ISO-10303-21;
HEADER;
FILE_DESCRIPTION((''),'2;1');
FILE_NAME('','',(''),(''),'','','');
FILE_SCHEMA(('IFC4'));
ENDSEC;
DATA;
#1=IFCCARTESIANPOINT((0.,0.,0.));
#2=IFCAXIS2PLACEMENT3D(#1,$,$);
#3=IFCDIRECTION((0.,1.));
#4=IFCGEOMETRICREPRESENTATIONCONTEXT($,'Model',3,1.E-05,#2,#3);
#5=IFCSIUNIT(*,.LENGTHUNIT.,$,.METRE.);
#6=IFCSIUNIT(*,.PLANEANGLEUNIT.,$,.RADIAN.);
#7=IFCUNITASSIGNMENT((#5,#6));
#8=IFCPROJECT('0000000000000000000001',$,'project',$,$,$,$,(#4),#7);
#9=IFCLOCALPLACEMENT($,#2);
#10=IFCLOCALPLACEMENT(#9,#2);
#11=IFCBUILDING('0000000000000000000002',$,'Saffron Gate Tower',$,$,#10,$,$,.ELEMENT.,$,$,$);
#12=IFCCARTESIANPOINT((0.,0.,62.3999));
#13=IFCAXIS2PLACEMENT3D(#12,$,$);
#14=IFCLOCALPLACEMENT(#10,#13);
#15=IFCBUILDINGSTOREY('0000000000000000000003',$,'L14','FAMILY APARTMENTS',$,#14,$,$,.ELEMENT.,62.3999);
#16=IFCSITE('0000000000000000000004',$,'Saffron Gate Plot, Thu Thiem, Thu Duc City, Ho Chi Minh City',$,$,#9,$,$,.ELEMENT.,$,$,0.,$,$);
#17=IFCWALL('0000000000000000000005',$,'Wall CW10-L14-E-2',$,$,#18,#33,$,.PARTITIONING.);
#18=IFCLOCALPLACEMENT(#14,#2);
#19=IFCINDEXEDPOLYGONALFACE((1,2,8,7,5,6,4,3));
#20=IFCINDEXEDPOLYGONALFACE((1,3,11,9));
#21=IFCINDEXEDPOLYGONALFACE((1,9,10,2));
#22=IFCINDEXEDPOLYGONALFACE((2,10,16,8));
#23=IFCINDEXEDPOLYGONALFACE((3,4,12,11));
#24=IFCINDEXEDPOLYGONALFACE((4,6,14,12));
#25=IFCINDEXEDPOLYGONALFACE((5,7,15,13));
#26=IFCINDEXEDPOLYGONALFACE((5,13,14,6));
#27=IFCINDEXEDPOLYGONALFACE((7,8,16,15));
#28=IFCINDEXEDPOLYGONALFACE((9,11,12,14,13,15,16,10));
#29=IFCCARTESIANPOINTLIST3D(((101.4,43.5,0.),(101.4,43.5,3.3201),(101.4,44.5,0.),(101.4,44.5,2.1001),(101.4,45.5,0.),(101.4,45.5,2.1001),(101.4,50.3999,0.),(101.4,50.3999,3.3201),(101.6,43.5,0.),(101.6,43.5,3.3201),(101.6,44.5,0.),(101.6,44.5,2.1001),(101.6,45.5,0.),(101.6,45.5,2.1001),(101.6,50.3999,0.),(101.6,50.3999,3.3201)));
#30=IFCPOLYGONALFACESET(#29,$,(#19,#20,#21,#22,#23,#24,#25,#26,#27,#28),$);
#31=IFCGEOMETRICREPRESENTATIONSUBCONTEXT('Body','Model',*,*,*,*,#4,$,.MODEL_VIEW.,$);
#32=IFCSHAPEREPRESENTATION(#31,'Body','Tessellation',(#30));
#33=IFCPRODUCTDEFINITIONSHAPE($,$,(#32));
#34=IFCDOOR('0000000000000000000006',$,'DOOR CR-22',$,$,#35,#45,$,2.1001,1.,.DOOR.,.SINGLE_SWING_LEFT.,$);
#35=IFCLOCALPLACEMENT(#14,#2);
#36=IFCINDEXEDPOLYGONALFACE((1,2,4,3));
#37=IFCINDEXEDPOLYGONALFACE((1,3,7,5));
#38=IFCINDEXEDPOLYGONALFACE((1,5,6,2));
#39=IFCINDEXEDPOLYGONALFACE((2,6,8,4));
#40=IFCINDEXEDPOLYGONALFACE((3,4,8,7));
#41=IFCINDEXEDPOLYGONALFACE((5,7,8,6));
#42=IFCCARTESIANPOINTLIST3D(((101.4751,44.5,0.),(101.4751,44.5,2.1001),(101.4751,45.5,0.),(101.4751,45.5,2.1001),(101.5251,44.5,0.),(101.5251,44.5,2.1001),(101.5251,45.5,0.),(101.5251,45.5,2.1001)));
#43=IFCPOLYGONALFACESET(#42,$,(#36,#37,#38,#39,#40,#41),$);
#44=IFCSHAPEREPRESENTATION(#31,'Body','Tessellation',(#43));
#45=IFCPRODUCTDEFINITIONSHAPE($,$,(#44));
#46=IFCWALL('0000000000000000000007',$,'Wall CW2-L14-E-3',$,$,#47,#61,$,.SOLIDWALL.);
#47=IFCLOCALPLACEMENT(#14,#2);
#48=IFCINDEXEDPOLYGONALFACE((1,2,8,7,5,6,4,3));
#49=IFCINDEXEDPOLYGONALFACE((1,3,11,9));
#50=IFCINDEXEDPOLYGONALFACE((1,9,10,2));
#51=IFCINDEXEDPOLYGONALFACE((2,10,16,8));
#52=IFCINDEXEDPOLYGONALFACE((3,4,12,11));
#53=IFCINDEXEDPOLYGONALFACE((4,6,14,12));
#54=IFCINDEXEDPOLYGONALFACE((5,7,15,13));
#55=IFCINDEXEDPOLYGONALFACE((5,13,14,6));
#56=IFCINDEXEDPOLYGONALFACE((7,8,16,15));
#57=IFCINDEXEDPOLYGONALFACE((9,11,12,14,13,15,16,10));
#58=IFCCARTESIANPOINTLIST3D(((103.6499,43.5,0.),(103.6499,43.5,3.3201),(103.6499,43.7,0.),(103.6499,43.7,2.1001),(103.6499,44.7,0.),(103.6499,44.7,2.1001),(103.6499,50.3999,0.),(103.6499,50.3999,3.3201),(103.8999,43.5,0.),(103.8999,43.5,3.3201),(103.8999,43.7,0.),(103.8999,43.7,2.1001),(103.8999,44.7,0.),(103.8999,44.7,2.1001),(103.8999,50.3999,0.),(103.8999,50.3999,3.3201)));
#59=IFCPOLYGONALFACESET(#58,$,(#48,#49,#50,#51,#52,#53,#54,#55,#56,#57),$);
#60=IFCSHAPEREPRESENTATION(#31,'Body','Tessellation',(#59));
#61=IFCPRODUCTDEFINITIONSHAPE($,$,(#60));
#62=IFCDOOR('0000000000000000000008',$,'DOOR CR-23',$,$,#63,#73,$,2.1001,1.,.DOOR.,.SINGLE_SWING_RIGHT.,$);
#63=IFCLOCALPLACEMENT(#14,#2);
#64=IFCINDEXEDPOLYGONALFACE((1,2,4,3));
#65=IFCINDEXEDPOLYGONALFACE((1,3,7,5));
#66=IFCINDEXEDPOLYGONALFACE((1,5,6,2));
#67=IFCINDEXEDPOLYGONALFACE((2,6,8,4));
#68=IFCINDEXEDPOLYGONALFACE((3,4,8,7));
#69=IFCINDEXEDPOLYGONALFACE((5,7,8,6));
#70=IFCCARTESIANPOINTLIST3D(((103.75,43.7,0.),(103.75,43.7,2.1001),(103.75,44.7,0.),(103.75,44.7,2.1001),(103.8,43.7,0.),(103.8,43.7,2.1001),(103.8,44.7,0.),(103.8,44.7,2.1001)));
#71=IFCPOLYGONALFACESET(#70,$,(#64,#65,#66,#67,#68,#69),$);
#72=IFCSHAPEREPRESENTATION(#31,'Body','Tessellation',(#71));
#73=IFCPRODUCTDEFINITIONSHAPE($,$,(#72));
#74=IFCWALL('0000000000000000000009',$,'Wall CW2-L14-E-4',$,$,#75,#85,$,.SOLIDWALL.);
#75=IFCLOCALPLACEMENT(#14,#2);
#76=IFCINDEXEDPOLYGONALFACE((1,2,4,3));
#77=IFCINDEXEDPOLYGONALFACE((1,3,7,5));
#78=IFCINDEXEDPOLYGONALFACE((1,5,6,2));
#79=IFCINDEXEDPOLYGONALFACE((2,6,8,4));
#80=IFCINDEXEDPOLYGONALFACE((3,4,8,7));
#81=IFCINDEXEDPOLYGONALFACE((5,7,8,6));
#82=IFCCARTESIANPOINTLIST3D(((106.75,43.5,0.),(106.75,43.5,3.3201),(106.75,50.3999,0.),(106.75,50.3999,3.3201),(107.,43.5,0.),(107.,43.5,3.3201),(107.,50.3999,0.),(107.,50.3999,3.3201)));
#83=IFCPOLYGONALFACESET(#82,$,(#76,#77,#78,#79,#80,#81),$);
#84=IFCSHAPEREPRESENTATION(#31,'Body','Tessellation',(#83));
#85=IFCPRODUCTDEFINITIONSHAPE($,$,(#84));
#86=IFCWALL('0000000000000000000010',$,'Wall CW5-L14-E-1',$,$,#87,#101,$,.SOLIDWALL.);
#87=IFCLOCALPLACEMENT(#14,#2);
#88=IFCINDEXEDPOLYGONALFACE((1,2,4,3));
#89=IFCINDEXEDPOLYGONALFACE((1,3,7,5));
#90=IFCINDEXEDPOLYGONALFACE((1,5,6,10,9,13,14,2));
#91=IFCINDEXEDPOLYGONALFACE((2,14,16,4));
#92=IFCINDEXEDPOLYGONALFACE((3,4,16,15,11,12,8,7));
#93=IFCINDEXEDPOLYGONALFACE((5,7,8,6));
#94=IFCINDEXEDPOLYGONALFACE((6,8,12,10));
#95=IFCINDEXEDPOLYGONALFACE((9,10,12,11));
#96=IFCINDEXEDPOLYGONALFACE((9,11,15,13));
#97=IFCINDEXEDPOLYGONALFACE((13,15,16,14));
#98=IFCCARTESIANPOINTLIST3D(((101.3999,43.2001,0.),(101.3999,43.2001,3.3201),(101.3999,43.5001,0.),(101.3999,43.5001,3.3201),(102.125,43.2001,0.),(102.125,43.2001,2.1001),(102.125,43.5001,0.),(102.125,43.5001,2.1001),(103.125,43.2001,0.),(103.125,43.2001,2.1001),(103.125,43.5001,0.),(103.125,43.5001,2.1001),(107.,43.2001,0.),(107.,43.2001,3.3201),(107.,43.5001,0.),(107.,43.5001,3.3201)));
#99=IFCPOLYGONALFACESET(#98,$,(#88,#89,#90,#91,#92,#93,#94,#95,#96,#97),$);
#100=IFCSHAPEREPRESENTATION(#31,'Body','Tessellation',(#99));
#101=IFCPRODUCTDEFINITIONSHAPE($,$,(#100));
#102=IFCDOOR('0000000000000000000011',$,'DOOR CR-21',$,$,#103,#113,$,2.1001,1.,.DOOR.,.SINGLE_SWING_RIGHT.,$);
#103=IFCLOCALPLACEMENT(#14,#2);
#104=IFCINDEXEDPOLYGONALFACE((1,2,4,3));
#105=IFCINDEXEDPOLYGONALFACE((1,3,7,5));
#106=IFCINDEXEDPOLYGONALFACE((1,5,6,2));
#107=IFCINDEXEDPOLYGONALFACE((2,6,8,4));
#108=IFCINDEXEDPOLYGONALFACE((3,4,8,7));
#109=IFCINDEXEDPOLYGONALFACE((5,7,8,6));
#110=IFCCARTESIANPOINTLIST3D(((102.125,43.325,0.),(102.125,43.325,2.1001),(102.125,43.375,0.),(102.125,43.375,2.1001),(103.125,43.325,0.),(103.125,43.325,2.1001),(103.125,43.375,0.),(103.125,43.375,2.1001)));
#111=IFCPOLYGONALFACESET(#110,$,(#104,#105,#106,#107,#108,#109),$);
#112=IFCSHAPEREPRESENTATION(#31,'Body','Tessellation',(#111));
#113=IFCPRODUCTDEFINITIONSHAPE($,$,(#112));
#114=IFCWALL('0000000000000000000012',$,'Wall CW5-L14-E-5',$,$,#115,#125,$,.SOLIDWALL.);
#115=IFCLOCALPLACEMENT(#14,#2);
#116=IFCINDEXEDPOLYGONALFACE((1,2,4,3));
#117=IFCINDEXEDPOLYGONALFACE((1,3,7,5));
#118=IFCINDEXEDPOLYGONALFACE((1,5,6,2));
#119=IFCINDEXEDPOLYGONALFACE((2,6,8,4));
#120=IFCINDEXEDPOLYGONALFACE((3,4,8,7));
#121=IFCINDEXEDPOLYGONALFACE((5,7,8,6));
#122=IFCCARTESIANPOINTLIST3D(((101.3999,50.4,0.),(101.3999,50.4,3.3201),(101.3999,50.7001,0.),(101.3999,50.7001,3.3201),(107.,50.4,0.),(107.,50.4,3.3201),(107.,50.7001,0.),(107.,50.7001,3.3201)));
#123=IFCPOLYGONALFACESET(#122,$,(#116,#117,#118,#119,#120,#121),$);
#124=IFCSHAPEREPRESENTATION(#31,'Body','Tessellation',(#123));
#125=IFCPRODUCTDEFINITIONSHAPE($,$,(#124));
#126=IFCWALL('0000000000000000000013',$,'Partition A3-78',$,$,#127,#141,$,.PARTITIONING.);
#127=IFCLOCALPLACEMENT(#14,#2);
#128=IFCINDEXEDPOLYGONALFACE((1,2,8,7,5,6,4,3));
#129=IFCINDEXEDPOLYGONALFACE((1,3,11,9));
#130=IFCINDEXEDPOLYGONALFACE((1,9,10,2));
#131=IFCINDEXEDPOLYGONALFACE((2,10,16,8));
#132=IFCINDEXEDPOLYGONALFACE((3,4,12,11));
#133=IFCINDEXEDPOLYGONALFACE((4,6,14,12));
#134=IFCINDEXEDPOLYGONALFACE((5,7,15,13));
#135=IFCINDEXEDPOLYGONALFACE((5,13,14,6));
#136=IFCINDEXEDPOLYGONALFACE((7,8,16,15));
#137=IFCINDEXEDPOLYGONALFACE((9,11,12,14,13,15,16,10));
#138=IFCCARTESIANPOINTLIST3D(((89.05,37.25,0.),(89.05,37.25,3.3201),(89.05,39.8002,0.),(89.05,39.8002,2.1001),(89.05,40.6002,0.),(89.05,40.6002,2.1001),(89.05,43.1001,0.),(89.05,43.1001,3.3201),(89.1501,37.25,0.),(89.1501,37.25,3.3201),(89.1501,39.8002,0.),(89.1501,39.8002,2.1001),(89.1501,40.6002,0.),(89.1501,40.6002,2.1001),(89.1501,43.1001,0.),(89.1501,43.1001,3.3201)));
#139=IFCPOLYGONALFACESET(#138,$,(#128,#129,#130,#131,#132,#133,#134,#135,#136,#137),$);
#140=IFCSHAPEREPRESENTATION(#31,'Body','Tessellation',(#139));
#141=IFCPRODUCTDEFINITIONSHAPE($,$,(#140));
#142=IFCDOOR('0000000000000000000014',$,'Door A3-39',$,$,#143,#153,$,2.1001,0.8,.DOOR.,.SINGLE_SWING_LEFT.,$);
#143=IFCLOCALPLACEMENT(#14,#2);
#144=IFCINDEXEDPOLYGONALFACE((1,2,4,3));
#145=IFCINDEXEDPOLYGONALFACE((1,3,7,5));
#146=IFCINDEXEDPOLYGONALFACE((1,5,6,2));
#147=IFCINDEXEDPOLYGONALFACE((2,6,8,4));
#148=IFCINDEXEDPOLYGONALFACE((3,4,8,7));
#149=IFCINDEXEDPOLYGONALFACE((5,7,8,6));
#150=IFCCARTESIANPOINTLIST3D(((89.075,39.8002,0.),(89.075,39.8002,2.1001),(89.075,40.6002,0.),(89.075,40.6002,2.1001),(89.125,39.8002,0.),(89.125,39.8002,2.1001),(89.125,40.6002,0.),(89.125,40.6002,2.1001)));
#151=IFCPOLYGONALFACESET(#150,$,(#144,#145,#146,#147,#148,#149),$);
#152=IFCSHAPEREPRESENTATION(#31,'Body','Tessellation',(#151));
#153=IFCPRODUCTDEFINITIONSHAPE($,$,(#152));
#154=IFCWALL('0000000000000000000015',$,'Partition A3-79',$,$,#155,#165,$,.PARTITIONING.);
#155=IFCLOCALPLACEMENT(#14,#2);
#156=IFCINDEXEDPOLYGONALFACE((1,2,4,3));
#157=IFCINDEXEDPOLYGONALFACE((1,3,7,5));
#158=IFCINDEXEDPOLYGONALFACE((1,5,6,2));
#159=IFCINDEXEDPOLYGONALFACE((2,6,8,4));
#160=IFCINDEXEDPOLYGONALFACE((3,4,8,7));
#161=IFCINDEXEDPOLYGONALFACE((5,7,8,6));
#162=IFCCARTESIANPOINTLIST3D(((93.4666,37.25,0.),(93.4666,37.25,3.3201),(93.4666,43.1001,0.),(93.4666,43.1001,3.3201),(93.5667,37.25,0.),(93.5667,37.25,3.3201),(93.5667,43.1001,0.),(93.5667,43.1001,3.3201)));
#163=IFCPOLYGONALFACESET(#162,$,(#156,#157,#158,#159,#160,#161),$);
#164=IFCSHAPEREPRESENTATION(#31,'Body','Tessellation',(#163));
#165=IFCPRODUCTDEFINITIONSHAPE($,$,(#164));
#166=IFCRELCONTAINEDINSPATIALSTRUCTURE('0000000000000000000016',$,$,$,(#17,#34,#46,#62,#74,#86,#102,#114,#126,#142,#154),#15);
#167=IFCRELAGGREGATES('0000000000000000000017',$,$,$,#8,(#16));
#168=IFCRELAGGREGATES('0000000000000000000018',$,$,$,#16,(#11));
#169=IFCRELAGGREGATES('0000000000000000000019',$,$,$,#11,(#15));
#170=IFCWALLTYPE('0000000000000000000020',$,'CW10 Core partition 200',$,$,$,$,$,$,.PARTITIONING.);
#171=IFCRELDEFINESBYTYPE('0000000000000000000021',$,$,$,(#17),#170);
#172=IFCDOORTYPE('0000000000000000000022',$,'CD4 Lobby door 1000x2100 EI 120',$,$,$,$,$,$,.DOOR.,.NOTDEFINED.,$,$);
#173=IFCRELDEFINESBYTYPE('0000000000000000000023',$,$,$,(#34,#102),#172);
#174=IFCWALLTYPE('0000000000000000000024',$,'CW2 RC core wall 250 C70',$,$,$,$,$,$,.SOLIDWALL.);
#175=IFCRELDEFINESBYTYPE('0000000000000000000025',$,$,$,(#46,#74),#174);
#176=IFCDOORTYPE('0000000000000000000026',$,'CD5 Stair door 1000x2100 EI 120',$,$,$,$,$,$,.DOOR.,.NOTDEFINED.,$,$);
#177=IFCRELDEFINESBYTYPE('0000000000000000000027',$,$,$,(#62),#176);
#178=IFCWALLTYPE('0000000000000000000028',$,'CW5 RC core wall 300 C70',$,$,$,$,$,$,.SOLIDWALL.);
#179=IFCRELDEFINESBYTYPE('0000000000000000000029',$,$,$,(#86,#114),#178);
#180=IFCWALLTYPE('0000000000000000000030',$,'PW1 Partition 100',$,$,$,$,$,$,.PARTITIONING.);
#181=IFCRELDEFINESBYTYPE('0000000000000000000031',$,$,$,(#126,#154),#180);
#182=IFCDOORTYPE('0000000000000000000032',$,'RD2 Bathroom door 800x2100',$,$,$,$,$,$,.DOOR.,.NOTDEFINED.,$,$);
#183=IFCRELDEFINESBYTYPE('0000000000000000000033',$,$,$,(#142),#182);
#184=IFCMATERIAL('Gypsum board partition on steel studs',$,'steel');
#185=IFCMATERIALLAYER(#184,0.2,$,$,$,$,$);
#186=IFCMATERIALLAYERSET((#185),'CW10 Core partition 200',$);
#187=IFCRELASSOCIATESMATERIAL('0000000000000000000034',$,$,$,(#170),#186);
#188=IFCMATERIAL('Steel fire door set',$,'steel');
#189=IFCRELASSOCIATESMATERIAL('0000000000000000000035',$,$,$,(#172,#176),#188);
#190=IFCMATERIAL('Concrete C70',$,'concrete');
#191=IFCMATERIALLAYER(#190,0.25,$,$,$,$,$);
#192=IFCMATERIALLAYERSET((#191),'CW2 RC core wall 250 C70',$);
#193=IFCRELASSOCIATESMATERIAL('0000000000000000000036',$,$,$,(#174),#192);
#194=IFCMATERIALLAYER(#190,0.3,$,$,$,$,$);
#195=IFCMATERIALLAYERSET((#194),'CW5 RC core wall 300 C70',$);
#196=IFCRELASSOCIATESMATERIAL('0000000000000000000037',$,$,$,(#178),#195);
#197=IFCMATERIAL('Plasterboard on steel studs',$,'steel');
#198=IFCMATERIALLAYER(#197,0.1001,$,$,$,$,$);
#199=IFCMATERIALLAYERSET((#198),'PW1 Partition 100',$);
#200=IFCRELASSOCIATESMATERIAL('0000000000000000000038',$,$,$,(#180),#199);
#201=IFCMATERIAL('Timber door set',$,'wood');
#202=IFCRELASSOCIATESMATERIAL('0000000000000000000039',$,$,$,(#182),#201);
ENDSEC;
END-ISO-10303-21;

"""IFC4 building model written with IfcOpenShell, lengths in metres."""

from ifc_helpers import new_model, si_unit, direction, frame, frame_2d, origin, place, context, subcontext, project, spatial, rectangle, extrude, material, layer, layer_set, type_object, element, fill, save


model = new_model("IFC4")

# Units and contexts
model_context = context("Model", 3, precision=1e-05, world=origin(), true_north=direction((0.0, 1.0)))
body_context = subcontext(model_context, "Body", "Model", "MODEL_VIEW")
ifc_project = project(units=[si_unit("LENGTHUNIT", "METRE"), si_unit("PLANEANGLEUNIT", "RADIAN")], contexts=[model_context])

# Site, building, storey
site_placement = place(None, origin())
site = spatial("IfcSite", under=ifc_project, at=site_placement, Name="Saffron Gate Plot, Thu Thiem, Thu Duc City, Ho Chi Minh City", CompositionType="ELEMENT", RefElevation=0.0)
building_placement = place(site_placement, origin())
building = spatial("IfcBuilding", under=site, at=building_placement, Name="Saffron Gate Tower", CompositionType="ELEMENT")
storey_placement = place(building_placement, frame((0.0, 0.0, 62.3999)))
storey = spatial("IfcBuildingStorey", under=building, at=storey_placement, Name="L14", Description="FAMILY APARTMENTS", CompositionType="ELEMENT", Elevation=62.3999)

# Walls, openings, doors
ifc_material_1 = material(Name="Gypsum board partition on steel studs", Category="steel")
ifc_layer_1 = layer(ifc_material_1, 0.2)
ifc_layer_set_1 = layer_set([ifc_layer_1], Name="CW10 Core partition 200")
wall_type_1 = type_object("IfcWallType", Name="CW10 Core partition 200", PredefinedType="PARTITIONING", material=ifc_layer_set_1)
wall_1_placement = place(storey_placement, frame((101.5, 43.5, 0.0), z_axis=(0.0, 0.0, 1.0), x_axis=(0.0, 1.0, 0.0)))
wall_1 = element("IfcWall", 1, at=wall_1_placement, inside=storey, type_object=wall_type_1, Name="Wall CW10-L14-E-2", PredefinedType="PARTITIONING", context=body_context, shape_type="SweptSolid", body=[
    extrude(rectangle(XDim=6.8999, YDim=0.2, at=frame_2d((3.45, 0.0))), origin(), (0.0, 0.0, 1.0), 3.3201),
])
opening_1_placement = place(wall_1_placement, frame((1.0, 0.0, 0.0)))
opening_1 = element("IfcOpeningElement", 2, at=opening_1_placement, cuts=wall_1, PredefinedType="OPENING", context=body_context, shape_type="SweptSolid", body=[
    extrude(rectangle(XDim=1.0, YDim=2.1001, at=frame_2d((0.5, 1.05))), frame((0.0, 0.1099, 0.0), z_axis=(0.0, -1.0, 0.0), x_axis=(1.0, 0.0, 0.0)), (0.0, 0.0, 1.0), 0.22),
])
ifc_material_2 = material(Name="Steel fire door set", Category="steel")
door_type_1 = type_object("IfcDoorType", Name="CD4 Lobby door 1000x2100 EI 120", OperationType="NOTDEFINED", PredefinedType="DOOR", material=ifc_material_2)
door_1_placement = place(opening_1_placement, origin())
door_1 = element("IfcDoor", 3, at=door_1_placement, inside=storey, type_object=door_type_1, Name="DOOR CR-22", OperationType="SINGLE_SWING_LEFT", OverallHeight=2.1001, OverallWidth=1.0, PredefinedType="DOOR", context=body_context, shape_type="SweptSolid", body=[
    extrude(rectangle(XDim=1.0, YDim=2.1001, at=frame_2d((0.5, 1.05))), frame((0.0, 0.0249, 0.0), z_axis=(0.0, -1.0, 0.0), x_axis=(1.0, 0.0, 0.0)), (0.0, 0.0, 1.0), 0.05),
])
fill(opening_1, door_1)
ifc_material_3 = material(Name="Concrete C70", Category="concrete")
ifc_layer_2 = layer(ifc_material_3, 0.25)
ifc_layer_set_2 = layer_set([ifc_layer_2], Name="CW2 RC core wall 250 C70")
wall_type_2 = type_object("IfcWallType", Name="CW2 RC core wall 250 C70", PredefinedType="SOLIDWALL", material=ifc_layer_set_2)
wall_2_placement = place(storey_placement, frame((103.7749, 43.5, 0.0), z_axis=(0.0, 0.0, 1.0), x_axis=(0.0, 1.0, 0.0)))
wall_2 = element("IfcWall", 4, at=wall_2_placement, inside=storey, type_object=wall_type_2, Name="Wall CW2-L14-E-3", PredefinedType="SOLIDWALL", context=body_context, shape_type="SweptSolid", body=[
    extrude(rectangle(XDim=6.8999, YDim=0.25, at=frame_2d((3.45, 0.0))), origin(), (0.0, 0.0, 1.0), 3.3201),
])
opening_2_placement = place(wall_2_placement, frame((0.2, 0.0, 0.0)))
opening_2 = element("IfcOpeningElement", 5, at=opening_2_placement, cuts=wall_2, PredefinedType="OPENING", context=body_context, shape_type="SweptSolid", body=[
    extrude(rectangle(XDim=1.0, YDim=2.1001, at=frame_2d((0.5, 1.05))), frame((0.0, 0.135, 0.0), z_axis=(0.0, -1.0, 0.0), x_axis=(1.0, 0.0, 0.0)), (0.0, 0.0, 1.0), 0.27),
])
door_type_2 = type_object("IfcDoorType", Name="CD5 Stair door 1000x2100 EI 120", OperationType="NOTDEFINED", PredefinedType="DOOR", material=ifc_material_2)
door_2_placement = place(opening_2_placement, origin())
door_2 = element("IfcDoor", 6, at=door_2_placement, inside=storey, type_object=door_type_2, Name="DOOR CR-23", OperationType="SINGLE_SWING_RIGHT", OverallHeight=2.1001, OverallWidth=1.0, PredefinedType="DOOR", context=body_context, shape_type="SweptSolid", body=[
    extrude(rectangle(XDim=1.0, YDim=2.1001, at=frame_2d((0.5, 1.05))), frame((0.0, 0.0249, 0.0), z_axis=(0.0, -1.0, 0.0), x_axis=(1.0, 0.0, 0.0)), (0.0, 0.0, 1.0), 0.05),
])
fill(opening_2, door_2)

# Wall
wall_3_placement = place(storey_placement, frame((106.875, 43.5, 0.0), z_axis=(0.0, 0.0, 1.0), x_axis=(0.0, 1.0, 0.0)))
element("IfcWall", 7, at=wall_3_placement, inside=storey, type_object=wall_type_2, Name="Wall CW2-L14-E-4", PredefinedType="SOLIDWALL", context=body_context, shape_type="SweptSolid", body=[
    extrude(rectangle(XDim=6.8999, YDim=0.25, at=frame_2d((3.45, 0.0))), origin(), (0.0, 0.0, 1.0), 3.3201),
])

# Wall, opening, door
ifc_layer_3 = layer(ifc_material_3, 0.3)
ifc_layer_set_3 = layer_set([ifc_layer_3], Name="CW5 RC core wall 300 C70")
wall_type_3 = type_object("IfcWallType", Name="CW5 RC core wall 300 C70", PredefinedType="SOLIDWALL", material=ifc_layer_set_3)
wall_4_placement = place(storey_placement, frame((101.3999, 43.3501, 0.0), z_axis=(0.0, 0.0, 1.0), x_axis=(1.0, 0.0, 0.0)))
wall_4 = element("IfcWall", 8, at=wall_4_placement, inside=storey, type_object=wall_type_3, Name="Wall CW5-L14-E-1", PredefinedType="SOLIDWALL", context=body_context, shape_type="SweptSolid", body=[
    extrude(rectangle(XDim=5.6001, YDim=0.3, at=frame_2d((2.8, 0.0))), origin(), (0.0, 0.0, 1.0), 3.3201),
])
opening_3_placement = place(wall_4_placement, frame((0.7251, 0.0, 0.0)))
opening_3 = element("IfcOpeningElement", 9, at=opening_3_placement, cuts=wall_4, PredefinedType="OPENING", context=body_context, shape_type="SweptSolid", body=[
    extrude(rectangle(XDim=1.0, YDim=2.1001, at=frame_2d((0.5, 1.05))), frame((0.0, 0.1602, 0.0), z_axis=(0.0, -1.0, 0.0), x_axis=(1.0, 0.0, 0.0)), (0.0, 0.0, 1.0), 0.3201),
])
door_3_placement = place(opening_3_placement, origin())
door_3 = element("IfcDoor", 10, at=door_3_placement, inside=storey, type_object=door_type_1, Name="DOOR CR-21", OperationType="SINGLE_SWING_RIGHT", OverallHeight=2.1001, OverallWidth=1.0, PredefinedType="DOOR", context=body_context, shape_type="SweptSolid", body=[
    extrude(rectangle(XDim=1.0, YDim=2.1001, at=frame_2d((0.5, 1.05))), frame((0.0, 0.0249, 0.0), z_axis=(0.0, -1.0, 0.0), x_axis=(1.0, 0.0, 0.0)), (0.0, 0.0, 1.0), 0.05),
])
fill(opening_3, door_3)

# Wall
wall_5_placement = place(storey_placement, frame((101.3999, 50.55, 0.0), z_axis=(0.0, 0.0, 1.0), x_axis=(1.0, 0.0, 0.0)))
element("IfcWall", 11, at=wall_5_placement, inside=storey, type_object=wall_type_3, Name="Wall CW5-L14-E-5", PredefinedType="SOLIDWALL", context=body_context, shape_type="SweptSolid", body=[
    extrude(rectangle(XDim=5.6001, YDim=0.3, at=frame_2d((2.8, 0.0))), origin(), (0.0, 0.0, 1.0), 3.3201),
])

# Wall, opening, door
ifc_material_4 = material(Name="Plasterboard on steel studs", Category="steel")
ifc_layer_4 = layer(ifc_material_4, 0.1001)
ifc_layer_set_4 = layer_set([ifc_layer_4], Name="PW1 Partition 100")
wall_type_4 = type_object("IfcWallType", Name="PW1 Partition 100", PredefinedType="PARTITIONING", material=ifc_layer_set_4)
wall_6_placement = place(storey_placement, frame((89.1001, 43.1001, 0.0), z_axis=(0.0, 0.0, 1.0), x_axis=(0.0, -1.0, 0.0)))
wall_6 = element("IfcWall", 12, at=wall_6_placement, inside=storey, type_object=wall_type_4, Name="Partition A3-78", PredefinedType="PARTITIONING", context=body_context, shape_type="SweptSolid", body=[
    extrude(rectangle(XDim=5.8501, YDim=0.1001, at=frame_2d((2.925, 0.0))), origin(), (0.0, 0.0, 1.0), 3.3201),
])
opening_4_placement = place(wall_6_placement, frame((2.5, 0.0, 0.0)))
opening_4 = element("IfcOpeningElement", 13, at=opening_4_placement, cuts=wall_6, PredefinedType="OPENING", context=body_context, shape_type="SweptSolid", body=[
    extrude(rectangle(XDim=0.8, YDim=2.1001, at=frame_2d((0.3999, 1.05))), frame((0.0, 0.0601, 0.0), z_axis=(0.0, -1.0, 0.0), x_axis=(1.0, 0.0, 0.0)), (0.0, 0.0, 1.0), 0.1201),
])
ifc_material_5 = material(Name="Timber door set", Category="wood")
door_type_3 = type_object("IfcDoorType", Name="RD2 Bathroom door 800x2100", OperationType="NOTDEFINED", PredefinedType="DOOR", material=ifc_material_5)
door_4_placement = place(opening_4_placement, origin())
door_4 = element("IfcDoor", 14, at=door_4_placement, inside=storey, type_object=door_type_3, Name="Door A3-39", OperationType="SINGLE_SWING_LEFT", OverallHeight=2.1001, OverallWidth=0.8, PredefinedType="DOOR", context=body_context, shape_type="SweptSolid", body=[
    extrude(rectangle(XDim=0.8, YDim=2.1001, at=frame_2d((0.3999, 1.05))), frame((0.0, 0.0249, 0.0), z_axis=(0.0, -1.0, 0.0), x_axis=(1.0, 0.0, 0.0)), (0.0, 0.0, 1.0), 0.05),
])
fill(opening_4, door_4)

# Wall
for number, where, z_axis, x_axis, name in (
    (15, (93.5166, 43.1001, 0.0), (0.0, 0.0, 1.0), (0.0, -1.0, 0.0), "Partition A3-79"),
):
    element("IfcWall", number, at=place(storey_placement, frame(where, z_axis=z_axis, x_axis=x_axis)), inside=storey, type_object=wall_type_4, Name=name, PredefinedType="PARTITIONING", context=body_context, shape_type="SweptSolid", body=[
        extrude(rectangle(XDim=5.8501, YDim=0.1001, at=frame_2d((2.925, 0.0))), origin(), (0.0, 0.0, 1.0), 3.3201),
    ])

save(model, "model.ifc")
